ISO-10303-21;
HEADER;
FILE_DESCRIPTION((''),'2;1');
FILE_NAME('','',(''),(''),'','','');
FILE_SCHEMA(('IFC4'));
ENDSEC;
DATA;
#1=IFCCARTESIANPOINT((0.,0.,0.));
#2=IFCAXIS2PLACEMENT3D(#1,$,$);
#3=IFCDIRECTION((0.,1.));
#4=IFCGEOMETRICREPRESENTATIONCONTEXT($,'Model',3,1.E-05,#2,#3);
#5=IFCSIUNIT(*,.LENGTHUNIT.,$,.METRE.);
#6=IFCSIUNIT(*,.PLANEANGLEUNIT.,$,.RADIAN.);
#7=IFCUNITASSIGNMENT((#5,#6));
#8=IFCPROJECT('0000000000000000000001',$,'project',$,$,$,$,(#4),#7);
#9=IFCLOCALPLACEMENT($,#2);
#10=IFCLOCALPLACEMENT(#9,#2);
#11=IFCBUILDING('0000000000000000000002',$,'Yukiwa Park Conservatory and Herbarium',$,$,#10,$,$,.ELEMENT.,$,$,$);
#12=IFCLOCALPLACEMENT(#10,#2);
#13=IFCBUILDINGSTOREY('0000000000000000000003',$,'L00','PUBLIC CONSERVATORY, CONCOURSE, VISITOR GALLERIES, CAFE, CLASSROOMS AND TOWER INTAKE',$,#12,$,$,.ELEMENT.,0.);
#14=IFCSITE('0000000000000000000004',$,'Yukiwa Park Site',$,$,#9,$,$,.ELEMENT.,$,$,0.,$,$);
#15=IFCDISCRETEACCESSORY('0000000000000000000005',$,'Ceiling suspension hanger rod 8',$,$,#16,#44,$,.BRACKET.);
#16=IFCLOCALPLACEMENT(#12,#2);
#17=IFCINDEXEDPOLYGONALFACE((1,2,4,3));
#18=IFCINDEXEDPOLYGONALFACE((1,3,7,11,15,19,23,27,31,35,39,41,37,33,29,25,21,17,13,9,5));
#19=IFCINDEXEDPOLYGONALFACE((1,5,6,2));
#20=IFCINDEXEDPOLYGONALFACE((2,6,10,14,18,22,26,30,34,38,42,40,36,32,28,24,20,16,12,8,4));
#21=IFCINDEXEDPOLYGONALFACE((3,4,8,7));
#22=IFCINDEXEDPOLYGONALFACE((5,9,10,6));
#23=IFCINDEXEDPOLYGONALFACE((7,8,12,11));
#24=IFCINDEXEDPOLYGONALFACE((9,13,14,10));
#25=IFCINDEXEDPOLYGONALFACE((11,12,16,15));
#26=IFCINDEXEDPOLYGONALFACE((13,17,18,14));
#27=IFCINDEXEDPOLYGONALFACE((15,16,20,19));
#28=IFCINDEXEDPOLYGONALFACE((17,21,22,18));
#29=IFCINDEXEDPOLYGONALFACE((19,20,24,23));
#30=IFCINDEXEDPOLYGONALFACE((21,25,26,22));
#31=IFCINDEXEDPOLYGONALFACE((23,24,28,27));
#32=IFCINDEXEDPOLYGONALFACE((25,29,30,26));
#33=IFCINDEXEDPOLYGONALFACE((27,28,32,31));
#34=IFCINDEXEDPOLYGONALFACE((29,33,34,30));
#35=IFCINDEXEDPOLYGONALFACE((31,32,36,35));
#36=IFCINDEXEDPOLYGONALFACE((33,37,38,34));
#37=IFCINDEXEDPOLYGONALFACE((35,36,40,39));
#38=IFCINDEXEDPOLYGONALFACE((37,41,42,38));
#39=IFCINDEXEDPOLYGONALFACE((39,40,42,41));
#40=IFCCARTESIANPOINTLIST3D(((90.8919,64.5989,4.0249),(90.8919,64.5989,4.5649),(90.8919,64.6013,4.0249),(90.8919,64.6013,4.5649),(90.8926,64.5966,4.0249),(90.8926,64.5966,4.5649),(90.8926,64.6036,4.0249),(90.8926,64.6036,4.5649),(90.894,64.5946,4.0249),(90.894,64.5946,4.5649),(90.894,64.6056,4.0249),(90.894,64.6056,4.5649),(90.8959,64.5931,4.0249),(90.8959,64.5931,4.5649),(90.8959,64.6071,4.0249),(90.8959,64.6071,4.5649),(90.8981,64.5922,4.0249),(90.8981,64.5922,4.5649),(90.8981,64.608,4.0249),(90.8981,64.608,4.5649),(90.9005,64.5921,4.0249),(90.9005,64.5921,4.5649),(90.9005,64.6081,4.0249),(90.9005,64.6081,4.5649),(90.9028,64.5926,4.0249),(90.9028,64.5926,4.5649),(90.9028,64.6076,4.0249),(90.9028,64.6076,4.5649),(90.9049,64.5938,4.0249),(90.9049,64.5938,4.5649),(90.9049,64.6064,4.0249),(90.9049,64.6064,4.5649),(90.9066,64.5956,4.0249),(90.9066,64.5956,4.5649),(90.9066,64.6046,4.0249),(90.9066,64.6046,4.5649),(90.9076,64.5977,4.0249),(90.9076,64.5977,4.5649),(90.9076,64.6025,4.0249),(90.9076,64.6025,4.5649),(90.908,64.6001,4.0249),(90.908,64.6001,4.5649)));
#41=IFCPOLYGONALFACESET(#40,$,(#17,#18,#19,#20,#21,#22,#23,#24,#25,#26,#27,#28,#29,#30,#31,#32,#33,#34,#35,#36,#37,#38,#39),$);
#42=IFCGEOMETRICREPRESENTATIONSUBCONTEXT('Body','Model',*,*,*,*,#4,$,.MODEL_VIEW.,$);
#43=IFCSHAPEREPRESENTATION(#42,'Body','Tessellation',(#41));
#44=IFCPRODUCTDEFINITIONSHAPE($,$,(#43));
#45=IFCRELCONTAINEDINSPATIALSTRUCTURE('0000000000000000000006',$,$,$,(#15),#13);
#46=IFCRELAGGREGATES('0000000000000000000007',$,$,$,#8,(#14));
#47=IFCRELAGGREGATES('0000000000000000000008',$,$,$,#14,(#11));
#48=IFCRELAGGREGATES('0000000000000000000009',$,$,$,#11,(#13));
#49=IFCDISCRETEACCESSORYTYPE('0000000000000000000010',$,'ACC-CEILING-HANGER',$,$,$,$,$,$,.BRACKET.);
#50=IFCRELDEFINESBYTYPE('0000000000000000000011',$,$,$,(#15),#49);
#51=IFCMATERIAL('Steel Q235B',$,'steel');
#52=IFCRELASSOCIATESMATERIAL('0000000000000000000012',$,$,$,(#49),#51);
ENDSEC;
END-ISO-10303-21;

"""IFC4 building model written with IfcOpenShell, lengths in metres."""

from ifc_helpers import new_model, si_unit, direction, frame, origin, origin_2d, place, context, subcontext, project, spatial, circle, extrude, material, type_object, element, save


model = new_model("IFC4")

# Units and contexts
model_context = context("Model", 3, precision=1e-05, world=origin(), true_north=direction((0.0, 1.0)))
body_context = subcontext(model_context, "Body", "Model", "MODEL_VIEW")
ifc_project = project(units=[si_unit("LENGTHUNIT", "METRE"), si_unit("PLANEANGLEUNIT", "RADIAN")], contexts=[model_context])

# Site, building, storey
site_placement = place(None, origin())
site = spatial("IfcSite", under=ifc_project, at=site_placement, Name="Yukiwa Park Site", CompositionType="ELEMENT", RefElevation=0.0)
building_placement = place(site_placement, origin())
building = spatial("IfcBuilding", under=site, at=building_placement, Name="Yukiwa Park Conservatory and Herbarium", CompositionType="ELEMENT")
storey_placement = place(building_placement, origin())
storey = spatial("IfcBuildingStorey", under=building, at=storey_placement, Name="L00", Description="PUBLIC CONSERVATORY, CONCOURSE, VISITOR GALLERIES, CAFE, CLASSROOMS AND TOWER INTAKE", CompositionType="ELEMENT", Elevation=0.0)

# Discrete accessory
ifc_material_1 = material(Name="Steel Q235B", Category="steel")
discrete_accessory_type = type_object("IfcDiscreteAccessoryType", Name="ACC-CEILING-HANGER", PredefinedType="BRACKET", material=ifc_material_1)
discrete_accessory_placement = place(storey_placement, frame((90.8999, 64.6001, 4.0249), z_axis=(0.0, 0.0, 1.0), x_axis=(1.0, 0.0, 0.0)))
element("IfcDiscreteAccessory", 1, at=discrete_accessory_placement, inside=storey, type_object=discrete_accessory_type, Name="Ceiling suspension hanger rod 8", PredefinedType="BRACKET", context=body_context, shape_type="SweptSolid", body=[
    extrude(circle(Radius=0.0081, at=origin_2d()), origin(), (0.0, 0.0, 1.0), 0.54),
])

save(model, "model.ifc")
